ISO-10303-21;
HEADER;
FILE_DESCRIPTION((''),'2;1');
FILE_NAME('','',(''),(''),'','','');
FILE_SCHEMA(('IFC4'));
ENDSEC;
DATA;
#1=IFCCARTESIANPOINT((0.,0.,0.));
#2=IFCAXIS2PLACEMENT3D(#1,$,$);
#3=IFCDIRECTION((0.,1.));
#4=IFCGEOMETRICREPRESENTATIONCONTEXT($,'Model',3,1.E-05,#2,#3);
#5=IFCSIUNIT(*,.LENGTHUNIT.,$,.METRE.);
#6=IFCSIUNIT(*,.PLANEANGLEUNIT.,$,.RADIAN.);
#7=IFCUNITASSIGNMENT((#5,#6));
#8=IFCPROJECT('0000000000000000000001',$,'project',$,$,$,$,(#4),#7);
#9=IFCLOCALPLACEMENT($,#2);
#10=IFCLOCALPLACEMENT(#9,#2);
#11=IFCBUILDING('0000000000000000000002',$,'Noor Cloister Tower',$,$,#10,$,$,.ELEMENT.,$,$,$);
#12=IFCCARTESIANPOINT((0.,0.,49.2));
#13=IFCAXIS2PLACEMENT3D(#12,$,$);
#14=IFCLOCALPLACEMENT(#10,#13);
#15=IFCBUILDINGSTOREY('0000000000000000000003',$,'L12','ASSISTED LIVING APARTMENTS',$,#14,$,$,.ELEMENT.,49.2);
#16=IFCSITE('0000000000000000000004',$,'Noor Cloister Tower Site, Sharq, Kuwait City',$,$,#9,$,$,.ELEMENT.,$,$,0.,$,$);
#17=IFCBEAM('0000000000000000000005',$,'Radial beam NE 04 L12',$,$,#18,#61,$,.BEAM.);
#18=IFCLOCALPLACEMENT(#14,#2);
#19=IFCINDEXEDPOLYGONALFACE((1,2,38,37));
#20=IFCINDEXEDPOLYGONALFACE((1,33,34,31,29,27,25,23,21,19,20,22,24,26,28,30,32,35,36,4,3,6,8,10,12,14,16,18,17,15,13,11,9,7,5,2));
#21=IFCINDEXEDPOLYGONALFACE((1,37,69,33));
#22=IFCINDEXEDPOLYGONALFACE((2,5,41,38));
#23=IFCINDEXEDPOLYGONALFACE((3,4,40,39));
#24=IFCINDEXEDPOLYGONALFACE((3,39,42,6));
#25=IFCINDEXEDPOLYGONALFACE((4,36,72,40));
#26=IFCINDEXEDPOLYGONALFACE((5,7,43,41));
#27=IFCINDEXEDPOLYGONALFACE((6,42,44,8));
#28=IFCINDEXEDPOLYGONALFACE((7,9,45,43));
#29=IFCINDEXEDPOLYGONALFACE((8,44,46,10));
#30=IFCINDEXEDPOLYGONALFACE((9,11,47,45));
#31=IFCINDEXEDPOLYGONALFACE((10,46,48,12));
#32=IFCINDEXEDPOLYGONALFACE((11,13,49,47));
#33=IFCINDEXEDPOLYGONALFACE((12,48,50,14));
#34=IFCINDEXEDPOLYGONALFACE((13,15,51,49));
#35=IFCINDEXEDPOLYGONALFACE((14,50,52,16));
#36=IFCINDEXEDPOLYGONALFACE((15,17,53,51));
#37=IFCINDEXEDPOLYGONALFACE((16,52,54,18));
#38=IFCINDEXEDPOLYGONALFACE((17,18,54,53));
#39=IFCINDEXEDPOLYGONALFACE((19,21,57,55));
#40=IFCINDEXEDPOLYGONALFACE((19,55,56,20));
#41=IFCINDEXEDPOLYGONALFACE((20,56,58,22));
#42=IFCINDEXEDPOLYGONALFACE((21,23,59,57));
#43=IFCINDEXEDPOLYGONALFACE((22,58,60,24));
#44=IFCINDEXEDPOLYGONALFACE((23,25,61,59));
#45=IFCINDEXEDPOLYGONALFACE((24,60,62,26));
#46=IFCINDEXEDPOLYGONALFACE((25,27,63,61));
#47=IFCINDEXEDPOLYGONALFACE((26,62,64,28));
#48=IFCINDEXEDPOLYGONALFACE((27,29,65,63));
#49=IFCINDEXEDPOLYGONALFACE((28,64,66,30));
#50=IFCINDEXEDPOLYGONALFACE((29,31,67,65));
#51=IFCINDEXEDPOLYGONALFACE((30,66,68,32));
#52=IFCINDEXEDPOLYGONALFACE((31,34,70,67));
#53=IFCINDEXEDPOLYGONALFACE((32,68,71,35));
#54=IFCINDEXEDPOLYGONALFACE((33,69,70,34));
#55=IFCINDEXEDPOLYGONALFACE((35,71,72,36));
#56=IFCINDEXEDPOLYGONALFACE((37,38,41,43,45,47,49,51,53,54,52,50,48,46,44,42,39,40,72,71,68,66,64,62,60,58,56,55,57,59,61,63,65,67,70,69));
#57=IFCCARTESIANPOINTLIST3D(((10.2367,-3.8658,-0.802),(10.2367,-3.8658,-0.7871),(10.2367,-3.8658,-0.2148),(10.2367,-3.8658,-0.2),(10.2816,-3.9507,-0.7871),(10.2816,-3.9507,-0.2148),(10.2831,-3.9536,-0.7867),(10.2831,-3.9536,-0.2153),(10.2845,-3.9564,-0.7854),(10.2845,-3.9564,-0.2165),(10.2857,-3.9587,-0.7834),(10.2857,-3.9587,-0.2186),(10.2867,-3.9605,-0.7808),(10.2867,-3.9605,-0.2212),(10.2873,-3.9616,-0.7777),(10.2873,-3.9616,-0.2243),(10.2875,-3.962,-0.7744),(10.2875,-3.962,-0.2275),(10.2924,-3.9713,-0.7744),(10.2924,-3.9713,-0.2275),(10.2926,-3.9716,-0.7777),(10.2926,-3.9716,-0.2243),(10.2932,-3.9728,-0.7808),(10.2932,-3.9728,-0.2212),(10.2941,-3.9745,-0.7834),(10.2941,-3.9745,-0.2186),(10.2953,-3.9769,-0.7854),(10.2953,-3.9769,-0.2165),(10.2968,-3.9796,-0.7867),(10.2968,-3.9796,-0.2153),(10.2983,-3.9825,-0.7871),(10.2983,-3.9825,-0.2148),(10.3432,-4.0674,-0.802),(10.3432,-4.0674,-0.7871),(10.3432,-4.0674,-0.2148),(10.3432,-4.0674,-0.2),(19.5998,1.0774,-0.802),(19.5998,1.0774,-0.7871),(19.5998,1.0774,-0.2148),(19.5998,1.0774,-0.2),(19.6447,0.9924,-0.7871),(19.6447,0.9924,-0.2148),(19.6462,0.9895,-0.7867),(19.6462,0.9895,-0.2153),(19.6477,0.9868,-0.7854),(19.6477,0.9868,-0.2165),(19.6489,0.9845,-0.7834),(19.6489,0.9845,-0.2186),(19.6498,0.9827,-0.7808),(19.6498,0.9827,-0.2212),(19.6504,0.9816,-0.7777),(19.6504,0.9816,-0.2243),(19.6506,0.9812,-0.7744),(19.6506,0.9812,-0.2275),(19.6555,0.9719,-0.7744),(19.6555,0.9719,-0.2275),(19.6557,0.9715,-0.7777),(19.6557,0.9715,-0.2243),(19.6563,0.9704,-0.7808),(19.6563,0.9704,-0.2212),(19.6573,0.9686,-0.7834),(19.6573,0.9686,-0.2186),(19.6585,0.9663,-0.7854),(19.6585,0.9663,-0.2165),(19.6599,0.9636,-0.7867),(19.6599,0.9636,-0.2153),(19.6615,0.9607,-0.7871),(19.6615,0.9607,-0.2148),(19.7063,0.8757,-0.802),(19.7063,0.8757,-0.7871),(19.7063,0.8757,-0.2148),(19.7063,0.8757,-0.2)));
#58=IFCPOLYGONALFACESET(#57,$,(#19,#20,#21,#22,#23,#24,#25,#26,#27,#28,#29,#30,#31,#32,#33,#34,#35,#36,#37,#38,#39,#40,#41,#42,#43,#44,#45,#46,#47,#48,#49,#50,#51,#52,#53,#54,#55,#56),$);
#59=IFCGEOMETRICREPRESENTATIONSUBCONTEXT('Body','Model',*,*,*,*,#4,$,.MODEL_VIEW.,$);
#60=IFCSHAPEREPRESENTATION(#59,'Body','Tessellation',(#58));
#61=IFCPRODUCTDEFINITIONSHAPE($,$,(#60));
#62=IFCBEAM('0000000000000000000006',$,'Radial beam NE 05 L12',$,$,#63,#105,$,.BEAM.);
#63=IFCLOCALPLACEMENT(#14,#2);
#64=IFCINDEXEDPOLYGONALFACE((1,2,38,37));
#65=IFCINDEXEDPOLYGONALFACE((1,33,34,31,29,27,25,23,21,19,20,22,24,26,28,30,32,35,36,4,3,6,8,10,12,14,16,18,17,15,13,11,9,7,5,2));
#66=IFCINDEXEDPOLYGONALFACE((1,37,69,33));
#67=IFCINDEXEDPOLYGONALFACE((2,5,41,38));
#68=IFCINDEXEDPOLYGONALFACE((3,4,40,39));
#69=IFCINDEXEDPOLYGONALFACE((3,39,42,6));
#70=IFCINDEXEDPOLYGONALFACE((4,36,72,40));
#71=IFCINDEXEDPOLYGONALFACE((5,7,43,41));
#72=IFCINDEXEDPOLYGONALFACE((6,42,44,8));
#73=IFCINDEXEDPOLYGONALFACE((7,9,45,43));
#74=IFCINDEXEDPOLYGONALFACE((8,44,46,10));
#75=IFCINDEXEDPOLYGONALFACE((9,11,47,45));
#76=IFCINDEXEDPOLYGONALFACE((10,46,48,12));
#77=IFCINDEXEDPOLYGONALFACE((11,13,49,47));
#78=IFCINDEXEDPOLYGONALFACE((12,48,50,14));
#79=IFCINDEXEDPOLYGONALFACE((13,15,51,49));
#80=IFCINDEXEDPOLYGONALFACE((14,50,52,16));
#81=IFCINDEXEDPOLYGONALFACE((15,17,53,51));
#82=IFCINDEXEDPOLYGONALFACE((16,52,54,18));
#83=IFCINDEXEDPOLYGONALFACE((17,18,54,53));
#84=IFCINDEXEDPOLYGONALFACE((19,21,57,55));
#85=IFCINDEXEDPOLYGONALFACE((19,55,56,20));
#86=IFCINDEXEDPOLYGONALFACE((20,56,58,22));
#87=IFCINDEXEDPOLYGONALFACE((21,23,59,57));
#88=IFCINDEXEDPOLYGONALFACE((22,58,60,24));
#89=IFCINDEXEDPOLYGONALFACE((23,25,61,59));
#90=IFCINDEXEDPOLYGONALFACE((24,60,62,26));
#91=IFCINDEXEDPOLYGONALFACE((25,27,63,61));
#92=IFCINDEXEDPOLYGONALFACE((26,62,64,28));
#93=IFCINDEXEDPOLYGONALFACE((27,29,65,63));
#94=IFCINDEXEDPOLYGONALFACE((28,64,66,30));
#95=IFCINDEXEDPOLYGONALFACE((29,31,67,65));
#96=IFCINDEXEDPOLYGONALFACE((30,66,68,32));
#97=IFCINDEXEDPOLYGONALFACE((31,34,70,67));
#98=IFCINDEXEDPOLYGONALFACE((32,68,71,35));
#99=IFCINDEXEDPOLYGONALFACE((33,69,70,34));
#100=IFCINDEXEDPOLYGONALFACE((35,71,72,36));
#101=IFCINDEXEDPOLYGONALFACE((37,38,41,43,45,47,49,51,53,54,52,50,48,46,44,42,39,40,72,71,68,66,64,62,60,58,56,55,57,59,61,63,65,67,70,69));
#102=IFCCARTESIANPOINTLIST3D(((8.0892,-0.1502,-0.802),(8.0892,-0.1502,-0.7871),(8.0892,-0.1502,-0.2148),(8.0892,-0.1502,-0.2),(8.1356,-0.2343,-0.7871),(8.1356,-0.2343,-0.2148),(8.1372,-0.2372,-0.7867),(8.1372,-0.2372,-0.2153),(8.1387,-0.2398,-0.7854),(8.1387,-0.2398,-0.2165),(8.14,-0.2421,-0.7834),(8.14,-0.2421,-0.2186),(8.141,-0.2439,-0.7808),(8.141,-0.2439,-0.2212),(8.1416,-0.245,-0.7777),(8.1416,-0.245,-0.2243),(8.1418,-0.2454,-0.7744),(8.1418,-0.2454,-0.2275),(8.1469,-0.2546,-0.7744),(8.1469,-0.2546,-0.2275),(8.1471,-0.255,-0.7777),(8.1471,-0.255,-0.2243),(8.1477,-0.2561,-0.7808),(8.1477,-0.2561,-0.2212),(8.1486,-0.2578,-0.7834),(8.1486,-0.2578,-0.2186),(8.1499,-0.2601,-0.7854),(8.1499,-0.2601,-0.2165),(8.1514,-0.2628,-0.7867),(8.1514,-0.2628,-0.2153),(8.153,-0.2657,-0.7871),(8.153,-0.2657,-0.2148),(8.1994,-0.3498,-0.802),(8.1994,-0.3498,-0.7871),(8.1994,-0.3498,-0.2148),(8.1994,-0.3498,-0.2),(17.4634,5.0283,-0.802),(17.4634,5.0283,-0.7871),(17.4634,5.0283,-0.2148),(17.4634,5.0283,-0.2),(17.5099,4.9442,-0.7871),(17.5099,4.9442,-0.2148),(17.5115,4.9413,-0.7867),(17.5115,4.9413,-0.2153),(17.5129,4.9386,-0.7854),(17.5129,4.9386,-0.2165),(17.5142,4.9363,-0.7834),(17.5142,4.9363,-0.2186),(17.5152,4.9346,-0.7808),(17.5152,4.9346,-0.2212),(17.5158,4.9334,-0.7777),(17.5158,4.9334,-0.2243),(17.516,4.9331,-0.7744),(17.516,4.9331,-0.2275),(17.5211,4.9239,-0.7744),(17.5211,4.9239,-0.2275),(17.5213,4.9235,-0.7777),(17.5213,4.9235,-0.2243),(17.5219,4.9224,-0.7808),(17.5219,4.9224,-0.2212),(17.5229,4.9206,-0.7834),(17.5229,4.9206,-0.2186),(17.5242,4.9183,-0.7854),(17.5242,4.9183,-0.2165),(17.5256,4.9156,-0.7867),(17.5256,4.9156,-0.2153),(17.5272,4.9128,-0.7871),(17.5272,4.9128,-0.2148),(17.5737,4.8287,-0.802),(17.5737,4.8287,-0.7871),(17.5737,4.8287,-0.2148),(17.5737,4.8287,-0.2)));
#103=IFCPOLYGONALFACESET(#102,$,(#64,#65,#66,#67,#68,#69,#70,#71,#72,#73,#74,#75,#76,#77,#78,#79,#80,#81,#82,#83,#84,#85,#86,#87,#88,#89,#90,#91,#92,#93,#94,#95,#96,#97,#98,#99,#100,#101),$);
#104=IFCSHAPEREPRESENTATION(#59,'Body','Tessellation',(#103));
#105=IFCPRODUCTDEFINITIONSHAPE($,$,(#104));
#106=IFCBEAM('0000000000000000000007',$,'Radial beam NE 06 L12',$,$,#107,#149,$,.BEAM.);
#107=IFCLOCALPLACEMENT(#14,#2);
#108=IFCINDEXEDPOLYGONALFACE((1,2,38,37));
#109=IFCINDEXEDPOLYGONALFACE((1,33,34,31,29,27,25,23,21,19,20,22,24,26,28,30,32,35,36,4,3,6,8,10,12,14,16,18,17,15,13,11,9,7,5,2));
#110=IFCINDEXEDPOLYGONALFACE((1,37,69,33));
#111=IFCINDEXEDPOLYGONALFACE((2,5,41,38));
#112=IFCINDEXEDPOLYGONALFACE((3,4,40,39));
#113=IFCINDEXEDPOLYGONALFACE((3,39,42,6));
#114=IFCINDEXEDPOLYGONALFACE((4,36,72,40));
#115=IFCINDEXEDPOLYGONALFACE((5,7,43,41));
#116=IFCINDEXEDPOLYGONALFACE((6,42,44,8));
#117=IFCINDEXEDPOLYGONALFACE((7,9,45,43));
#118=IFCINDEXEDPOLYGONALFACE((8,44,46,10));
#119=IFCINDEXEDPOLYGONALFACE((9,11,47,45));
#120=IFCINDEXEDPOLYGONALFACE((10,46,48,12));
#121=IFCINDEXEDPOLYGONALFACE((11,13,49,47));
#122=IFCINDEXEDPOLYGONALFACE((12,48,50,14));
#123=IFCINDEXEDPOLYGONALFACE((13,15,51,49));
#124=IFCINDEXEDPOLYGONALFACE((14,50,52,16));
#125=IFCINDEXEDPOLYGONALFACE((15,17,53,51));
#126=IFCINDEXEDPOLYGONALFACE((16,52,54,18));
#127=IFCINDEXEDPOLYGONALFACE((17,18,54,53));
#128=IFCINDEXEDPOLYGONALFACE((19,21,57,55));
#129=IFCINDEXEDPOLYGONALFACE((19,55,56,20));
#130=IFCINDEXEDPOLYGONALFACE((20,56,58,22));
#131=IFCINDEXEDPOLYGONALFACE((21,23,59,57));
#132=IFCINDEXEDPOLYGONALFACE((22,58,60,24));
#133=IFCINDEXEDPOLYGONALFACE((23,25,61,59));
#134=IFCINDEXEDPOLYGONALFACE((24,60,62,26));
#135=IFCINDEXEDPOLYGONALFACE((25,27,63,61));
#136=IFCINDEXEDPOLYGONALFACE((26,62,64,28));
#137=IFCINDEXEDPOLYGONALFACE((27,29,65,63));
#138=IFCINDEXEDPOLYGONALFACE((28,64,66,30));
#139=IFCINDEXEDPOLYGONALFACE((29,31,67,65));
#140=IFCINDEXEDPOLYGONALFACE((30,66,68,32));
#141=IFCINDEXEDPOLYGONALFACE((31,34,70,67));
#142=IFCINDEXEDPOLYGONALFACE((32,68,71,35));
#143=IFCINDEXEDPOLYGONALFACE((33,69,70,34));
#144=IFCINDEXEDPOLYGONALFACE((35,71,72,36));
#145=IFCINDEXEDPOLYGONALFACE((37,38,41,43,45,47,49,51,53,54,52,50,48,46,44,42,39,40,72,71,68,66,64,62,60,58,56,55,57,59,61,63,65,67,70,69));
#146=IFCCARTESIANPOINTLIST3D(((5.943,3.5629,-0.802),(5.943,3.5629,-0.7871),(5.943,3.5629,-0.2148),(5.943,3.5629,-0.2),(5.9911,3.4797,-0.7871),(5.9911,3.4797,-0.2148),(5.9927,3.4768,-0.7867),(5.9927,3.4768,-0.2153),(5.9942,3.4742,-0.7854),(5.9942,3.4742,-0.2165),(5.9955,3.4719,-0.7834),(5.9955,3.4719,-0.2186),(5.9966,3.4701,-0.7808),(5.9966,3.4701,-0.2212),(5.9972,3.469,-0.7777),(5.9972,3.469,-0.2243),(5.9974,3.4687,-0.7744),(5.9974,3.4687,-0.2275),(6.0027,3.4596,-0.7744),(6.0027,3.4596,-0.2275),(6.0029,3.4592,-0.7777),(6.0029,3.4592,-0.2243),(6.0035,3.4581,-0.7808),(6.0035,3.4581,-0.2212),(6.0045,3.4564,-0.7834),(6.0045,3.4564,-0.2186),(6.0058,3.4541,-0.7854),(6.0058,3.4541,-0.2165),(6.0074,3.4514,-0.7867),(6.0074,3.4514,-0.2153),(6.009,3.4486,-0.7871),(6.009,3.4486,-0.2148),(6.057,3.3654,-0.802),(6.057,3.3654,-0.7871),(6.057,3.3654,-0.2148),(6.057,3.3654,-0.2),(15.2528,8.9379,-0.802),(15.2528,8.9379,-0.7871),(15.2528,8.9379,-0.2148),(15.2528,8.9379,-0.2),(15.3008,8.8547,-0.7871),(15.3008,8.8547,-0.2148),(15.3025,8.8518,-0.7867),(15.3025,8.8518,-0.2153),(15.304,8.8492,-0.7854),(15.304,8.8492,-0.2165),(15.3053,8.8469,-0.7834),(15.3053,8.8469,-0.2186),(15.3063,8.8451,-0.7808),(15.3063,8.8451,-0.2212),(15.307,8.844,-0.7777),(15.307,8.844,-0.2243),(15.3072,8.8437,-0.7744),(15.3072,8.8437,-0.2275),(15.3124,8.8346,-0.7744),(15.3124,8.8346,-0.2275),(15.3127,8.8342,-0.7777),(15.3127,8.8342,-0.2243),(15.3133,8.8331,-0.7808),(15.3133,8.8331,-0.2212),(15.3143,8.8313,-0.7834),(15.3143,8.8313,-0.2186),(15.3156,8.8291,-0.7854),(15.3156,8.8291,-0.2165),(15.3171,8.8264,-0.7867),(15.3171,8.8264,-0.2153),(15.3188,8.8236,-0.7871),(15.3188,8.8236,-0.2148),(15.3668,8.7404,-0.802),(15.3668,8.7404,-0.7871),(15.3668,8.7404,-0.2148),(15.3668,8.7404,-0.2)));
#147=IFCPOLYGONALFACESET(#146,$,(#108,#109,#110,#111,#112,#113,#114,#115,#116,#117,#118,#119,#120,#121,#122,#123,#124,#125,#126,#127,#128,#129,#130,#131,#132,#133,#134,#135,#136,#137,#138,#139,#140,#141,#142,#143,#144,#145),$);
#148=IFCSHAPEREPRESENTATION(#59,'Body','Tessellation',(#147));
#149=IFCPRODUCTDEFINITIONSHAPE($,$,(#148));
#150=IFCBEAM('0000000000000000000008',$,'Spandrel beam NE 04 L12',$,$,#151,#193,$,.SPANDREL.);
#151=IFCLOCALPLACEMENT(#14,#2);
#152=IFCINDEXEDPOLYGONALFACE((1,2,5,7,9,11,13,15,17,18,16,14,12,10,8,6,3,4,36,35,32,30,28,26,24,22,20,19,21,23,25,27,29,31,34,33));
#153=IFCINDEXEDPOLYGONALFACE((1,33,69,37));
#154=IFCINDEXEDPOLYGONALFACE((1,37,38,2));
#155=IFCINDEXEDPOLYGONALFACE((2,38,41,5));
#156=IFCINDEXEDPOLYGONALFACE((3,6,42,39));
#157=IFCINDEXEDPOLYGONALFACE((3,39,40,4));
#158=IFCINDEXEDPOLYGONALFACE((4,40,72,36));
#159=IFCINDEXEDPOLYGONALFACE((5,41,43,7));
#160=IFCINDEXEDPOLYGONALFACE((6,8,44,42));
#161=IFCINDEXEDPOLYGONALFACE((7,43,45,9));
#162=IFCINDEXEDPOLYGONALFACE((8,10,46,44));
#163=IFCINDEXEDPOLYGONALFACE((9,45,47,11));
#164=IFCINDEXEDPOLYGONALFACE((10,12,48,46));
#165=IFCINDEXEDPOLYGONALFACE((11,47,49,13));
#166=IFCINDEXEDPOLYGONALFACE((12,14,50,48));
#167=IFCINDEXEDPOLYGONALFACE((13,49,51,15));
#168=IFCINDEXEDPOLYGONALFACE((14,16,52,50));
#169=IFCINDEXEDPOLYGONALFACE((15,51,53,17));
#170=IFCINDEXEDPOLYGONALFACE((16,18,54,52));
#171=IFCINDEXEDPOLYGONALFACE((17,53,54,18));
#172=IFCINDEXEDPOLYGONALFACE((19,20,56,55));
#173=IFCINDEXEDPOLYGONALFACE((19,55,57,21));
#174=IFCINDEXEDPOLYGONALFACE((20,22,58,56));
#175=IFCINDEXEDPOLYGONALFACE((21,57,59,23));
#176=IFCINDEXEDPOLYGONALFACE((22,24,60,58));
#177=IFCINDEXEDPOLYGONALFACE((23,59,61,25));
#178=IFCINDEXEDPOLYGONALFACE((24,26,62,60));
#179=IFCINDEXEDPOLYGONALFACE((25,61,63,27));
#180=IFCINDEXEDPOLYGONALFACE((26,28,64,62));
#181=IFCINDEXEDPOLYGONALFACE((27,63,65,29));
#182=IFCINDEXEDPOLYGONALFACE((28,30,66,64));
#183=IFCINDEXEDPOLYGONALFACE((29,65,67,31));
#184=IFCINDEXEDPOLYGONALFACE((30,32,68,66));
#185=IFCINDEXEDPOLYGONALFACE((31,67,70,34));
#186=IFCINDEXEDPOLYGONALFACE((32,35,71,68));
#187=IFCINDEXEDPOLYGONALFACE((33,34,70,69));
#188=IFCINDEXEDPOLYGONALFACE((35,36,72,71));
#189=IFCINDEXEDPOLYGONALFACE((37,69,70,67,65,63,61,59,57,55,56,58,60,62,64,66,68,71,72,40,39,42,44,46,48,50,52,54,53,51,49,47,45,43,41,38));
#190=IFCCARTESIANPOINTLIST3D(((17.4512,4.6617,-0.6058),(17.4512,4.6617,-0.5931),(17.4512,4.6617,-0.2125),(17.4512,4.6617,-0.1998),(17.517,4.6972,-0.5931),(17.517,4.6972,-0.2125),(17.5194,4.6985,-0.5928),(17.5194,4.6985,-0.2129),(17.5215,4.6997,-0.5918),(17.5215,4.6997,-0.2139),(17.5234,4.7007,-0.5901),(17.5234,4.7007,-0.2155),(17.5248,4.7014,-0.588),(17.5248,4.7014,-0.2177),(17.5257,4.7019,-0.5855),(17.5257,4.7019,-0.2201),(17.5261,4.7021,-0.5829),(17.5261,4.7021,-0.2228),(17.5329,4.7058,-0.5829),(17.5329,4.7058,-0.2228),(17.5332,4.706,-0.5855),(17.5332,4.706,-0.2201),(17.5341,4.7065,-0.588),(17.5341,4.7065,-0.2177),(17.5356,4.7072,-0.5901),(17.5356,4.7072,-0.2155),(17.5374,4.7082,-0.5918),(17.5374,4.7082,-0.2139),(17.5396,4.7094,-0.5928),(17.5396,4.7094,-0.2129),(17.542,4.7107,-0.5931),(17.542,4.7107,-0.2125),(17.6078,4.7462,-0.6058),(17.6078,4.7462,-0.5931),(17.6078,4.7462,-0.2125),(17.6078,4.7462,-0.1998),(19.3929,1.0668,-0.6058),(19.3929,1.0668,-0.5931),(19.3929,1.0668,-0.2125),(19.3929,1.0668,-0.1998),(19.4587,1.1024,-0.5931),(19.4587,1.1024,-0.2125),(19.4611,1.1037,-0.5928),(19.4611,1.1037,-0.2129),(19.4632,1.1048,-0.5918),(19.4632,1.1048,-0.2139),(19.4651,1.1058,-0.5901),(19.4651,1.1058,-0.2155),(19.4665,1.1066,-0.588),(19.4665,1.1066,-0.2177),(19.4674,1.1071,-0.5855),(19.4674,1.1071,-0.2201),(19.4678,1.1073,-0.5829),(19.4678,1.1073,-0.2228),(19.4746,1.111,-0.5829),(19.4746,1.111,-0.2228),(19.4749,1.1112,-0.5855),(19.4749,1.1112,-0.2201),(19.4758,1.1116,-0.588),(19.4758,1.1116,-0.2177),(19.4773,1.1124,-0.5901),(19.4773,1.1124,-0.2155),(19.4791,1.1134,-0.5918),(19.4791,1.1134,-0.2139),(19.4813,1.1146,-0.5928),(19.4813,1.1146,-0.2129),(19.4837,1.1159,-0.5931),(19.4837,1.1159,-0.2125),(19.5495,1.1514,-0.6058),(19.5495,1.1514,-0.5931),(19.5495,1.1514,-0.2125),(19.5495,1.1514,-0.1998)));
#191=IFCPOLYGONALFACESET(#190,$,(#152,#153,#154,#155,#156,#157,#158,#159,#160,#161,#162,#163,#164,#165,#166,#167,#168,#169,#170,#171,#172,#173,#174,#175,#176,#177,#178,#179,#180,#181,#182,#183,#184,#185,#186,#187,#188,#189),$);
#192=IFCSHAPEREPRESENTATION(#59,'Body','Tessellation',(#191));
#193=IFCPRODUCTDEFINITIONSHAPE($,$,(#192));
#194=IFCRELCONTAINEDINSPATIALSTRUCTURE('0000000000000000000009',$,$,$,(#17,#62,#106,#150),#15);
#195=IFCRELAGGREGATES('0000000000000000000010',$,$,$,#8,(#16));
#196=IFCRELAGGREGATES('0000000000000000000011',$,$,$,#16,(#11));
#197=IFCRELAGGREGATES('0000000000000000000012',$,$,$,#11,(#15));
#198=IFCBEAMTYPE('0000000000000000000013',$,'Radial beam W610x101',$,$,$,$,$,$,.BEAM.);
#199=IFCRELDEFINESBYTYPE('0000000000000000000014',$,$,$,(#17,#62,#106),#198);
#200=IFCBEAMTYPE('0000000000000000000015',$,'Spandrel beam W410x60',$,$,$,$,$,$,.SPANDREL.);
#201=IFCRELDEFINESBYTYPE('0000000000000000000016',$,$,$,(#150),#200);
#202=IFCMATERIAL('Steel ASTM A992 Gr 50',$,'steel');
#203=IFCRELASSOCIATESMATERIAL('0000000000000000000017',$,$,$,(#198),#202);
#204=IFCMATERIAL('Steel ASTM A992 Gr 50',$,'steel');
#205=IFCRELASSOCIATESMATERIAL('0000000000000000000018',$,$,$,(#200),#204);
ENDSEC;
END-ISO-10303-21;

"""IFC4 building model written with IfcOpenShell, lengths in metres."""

from ifc_helpers import new_model, si_unit, direction, frame, origin, origin_2d, place, context, subcontext, project, spatial, i_section, extrude, material, material_profile, profile_set, type_object, element, save


model = new_model("IFC4")

# Units and contexts
model_context = context("Model", 3, precision=1e-05, world=origin(), true_north=direction((0.0, 1.0)))
body_context = subcontext(model_context, "Body", "Model", "MODEL_VIEW")
ifc_project = project(units=[si_unit("LENGTHUNIT", "METRE"), si_unit("PLANEANGLEUNIT", "RADIAN")], contexts=[model_context])

# Site, building, storey
site_placement = place(None, origin())
site = spatial("IfcSite", under=ifc_project, at=site_placement, Name="Noor Cloister Tower Site, Sharq, Kuwait City", CompositionType="ELEMENT", RefElevation=0.0)
building_placement = place(site_placement, origin())
building = spatial("IfcBuilding", under=site, at=building_placement, Name="Noor Cloister Tower", CompositionType="ELEMENT")
storey_placement = place(building_placement, frame((0.0, 0.0, 49.2)))
storey = spatial("IfcBuildingStorey", under=building, at=storey_placement, Name="L12", Description="ASSISTED LIVING APARTMENTS", CompositionType="ELEMENT", Elevation=49.2)

# Beams
ifc_material_1 = material(Name="Steel ASTM A992 Gr 50", Category="steel")
ifc_material_profile_1 = material_profile(ifc_material_1, i_section(OverallWidth=0.228, OverallDepth=0.6021, WebThickness=0.0105, FlangeThickness=0.0149, FilletRadius=0.0127, at=origin_2d()), Name="W610x101")
ifc_profile_set_1 = profile_set([ifc_material_profile_1], Name="Steel ASTM A992 Gr 50")
beam_type_1 = type_object("IfcBeamType", Name="Radial beam W610x101", PredefinedType="BEAM", material=ifc_profile_set_1)
beam_1_placement = place(storey_placement, frame((19.6531, 0.9766, -0.501), z_axis=(-0.884326, -0.46687, 0.0), x_axis=(0.46687, -0.884326, 0.0)))
element("IfcBeam", 1, at=beam_1_placement, inside=storey, type_object=beam_type_1, Name="Radial beam NE 04 L12", PredefinedType="BEAM", context=body_context, shape_type="SweptSolid", body=[
    extrude(i_section(OverallWidth=0.228, OverallDepth=0.6021, WebThickness=0.0105, FlangeThickness=0.0149, FilletRadius=0.0127, at=origin_2d()), origin(), (0.0, 0.0, 1.0), 10.5879),
])
beam_2_placement = place(storey_placement, frame((17.5186, 4.9285, -0.501), z_axis=(-0.875323, -0.48354, 0.0), x_axis=(0.48354, -0.875323, 0.0)))
element("IfcBeam", 2, at=beam_2_placement, inside=storey, type_object=beam_type_1, Name="Radial beam NE 05 L12", PredefinedType="BEAM", context=body_context, shape_type="SweptSolid", body=[
    extrude(i_section(OverallWidth=0.228, OverallDepth=0.6021, WebThickness=0.0105, FlangeThickness=0.0149, FilletRadius=0.0127, at=origin_2d()), origin(), (0.0, 0.0, 1.0), 10.7095),
])
beam_3_placement = place(storey_placement, frame((15.3098, 8.8391, -0.501), z_axis=(-0.866026, -0.499998, 0.0), x_axis=(0.499998, -0.866026, 0.0)))
element("IfcBeam", 3, at=beam_3_placement, inside=storey, type_object=beam_type_1, Name="Radial beam NE 06 L12", PredefinedType="BEAM", context=body_context, shape_type="SweptSolid", body=[
    extrude(i_section(OverallWidth=0.228, OverallDepth=0.6021, WebThickness=0.0105, FlangeThickness=0.0149, FilletRadius=0.0127, at=origin_2d()), origin(), (0.0, 0.0, 1.0), 10.75),
])
ifc_material_2 = material(Name="Steel ASTM A992 Gr 50", Category="steel")
ifc_material_profile_2 = material_profile(ifc_material_2, i_section(OverallWidth=0.178, OverallDepth=0.406, WebThickness=0.0078, FlangeThickness=0.0127, FilletRadius=0.0103, at=origin_2d()), Name="W410x60")
ifc_profile_set_2 = profile_set([ifc_material_profile_2], Name="Steel ASTM A992 Gr 50")
beam_type_2 = type_object("IfcBeamType", Name="Spandrel beam W410x60", PredefinedType="SPANDREL", material=ifc_profile_set_2)
beam_4_placement = place(storey_placement, frame((19.4712, 1.1091, -0.4028), z_axis=(-0.475243, 0.879854, 0.0), x_axis=(-0.879854, -0.475243, 0.0)))
element("IfcBeam", 4, at=beam_4_placement, inside=storey, type_object=beam_type_2, Name="Spandrel beam NE 04 L12", PredefinedType="SPANDREL", context=body_context, shape_type="SweptSolid", body=[
    extrude(i_section(OverallWidth=0.178, OverallDepth=0.406, WebThickness=0.0078, FlangeThickness=0.0127, FilletRadius=0.0103, at=origin_2d()), origin(), (0.0, 0.0, 1.0), 4.0857),
])

save(model, "model.ifc")
